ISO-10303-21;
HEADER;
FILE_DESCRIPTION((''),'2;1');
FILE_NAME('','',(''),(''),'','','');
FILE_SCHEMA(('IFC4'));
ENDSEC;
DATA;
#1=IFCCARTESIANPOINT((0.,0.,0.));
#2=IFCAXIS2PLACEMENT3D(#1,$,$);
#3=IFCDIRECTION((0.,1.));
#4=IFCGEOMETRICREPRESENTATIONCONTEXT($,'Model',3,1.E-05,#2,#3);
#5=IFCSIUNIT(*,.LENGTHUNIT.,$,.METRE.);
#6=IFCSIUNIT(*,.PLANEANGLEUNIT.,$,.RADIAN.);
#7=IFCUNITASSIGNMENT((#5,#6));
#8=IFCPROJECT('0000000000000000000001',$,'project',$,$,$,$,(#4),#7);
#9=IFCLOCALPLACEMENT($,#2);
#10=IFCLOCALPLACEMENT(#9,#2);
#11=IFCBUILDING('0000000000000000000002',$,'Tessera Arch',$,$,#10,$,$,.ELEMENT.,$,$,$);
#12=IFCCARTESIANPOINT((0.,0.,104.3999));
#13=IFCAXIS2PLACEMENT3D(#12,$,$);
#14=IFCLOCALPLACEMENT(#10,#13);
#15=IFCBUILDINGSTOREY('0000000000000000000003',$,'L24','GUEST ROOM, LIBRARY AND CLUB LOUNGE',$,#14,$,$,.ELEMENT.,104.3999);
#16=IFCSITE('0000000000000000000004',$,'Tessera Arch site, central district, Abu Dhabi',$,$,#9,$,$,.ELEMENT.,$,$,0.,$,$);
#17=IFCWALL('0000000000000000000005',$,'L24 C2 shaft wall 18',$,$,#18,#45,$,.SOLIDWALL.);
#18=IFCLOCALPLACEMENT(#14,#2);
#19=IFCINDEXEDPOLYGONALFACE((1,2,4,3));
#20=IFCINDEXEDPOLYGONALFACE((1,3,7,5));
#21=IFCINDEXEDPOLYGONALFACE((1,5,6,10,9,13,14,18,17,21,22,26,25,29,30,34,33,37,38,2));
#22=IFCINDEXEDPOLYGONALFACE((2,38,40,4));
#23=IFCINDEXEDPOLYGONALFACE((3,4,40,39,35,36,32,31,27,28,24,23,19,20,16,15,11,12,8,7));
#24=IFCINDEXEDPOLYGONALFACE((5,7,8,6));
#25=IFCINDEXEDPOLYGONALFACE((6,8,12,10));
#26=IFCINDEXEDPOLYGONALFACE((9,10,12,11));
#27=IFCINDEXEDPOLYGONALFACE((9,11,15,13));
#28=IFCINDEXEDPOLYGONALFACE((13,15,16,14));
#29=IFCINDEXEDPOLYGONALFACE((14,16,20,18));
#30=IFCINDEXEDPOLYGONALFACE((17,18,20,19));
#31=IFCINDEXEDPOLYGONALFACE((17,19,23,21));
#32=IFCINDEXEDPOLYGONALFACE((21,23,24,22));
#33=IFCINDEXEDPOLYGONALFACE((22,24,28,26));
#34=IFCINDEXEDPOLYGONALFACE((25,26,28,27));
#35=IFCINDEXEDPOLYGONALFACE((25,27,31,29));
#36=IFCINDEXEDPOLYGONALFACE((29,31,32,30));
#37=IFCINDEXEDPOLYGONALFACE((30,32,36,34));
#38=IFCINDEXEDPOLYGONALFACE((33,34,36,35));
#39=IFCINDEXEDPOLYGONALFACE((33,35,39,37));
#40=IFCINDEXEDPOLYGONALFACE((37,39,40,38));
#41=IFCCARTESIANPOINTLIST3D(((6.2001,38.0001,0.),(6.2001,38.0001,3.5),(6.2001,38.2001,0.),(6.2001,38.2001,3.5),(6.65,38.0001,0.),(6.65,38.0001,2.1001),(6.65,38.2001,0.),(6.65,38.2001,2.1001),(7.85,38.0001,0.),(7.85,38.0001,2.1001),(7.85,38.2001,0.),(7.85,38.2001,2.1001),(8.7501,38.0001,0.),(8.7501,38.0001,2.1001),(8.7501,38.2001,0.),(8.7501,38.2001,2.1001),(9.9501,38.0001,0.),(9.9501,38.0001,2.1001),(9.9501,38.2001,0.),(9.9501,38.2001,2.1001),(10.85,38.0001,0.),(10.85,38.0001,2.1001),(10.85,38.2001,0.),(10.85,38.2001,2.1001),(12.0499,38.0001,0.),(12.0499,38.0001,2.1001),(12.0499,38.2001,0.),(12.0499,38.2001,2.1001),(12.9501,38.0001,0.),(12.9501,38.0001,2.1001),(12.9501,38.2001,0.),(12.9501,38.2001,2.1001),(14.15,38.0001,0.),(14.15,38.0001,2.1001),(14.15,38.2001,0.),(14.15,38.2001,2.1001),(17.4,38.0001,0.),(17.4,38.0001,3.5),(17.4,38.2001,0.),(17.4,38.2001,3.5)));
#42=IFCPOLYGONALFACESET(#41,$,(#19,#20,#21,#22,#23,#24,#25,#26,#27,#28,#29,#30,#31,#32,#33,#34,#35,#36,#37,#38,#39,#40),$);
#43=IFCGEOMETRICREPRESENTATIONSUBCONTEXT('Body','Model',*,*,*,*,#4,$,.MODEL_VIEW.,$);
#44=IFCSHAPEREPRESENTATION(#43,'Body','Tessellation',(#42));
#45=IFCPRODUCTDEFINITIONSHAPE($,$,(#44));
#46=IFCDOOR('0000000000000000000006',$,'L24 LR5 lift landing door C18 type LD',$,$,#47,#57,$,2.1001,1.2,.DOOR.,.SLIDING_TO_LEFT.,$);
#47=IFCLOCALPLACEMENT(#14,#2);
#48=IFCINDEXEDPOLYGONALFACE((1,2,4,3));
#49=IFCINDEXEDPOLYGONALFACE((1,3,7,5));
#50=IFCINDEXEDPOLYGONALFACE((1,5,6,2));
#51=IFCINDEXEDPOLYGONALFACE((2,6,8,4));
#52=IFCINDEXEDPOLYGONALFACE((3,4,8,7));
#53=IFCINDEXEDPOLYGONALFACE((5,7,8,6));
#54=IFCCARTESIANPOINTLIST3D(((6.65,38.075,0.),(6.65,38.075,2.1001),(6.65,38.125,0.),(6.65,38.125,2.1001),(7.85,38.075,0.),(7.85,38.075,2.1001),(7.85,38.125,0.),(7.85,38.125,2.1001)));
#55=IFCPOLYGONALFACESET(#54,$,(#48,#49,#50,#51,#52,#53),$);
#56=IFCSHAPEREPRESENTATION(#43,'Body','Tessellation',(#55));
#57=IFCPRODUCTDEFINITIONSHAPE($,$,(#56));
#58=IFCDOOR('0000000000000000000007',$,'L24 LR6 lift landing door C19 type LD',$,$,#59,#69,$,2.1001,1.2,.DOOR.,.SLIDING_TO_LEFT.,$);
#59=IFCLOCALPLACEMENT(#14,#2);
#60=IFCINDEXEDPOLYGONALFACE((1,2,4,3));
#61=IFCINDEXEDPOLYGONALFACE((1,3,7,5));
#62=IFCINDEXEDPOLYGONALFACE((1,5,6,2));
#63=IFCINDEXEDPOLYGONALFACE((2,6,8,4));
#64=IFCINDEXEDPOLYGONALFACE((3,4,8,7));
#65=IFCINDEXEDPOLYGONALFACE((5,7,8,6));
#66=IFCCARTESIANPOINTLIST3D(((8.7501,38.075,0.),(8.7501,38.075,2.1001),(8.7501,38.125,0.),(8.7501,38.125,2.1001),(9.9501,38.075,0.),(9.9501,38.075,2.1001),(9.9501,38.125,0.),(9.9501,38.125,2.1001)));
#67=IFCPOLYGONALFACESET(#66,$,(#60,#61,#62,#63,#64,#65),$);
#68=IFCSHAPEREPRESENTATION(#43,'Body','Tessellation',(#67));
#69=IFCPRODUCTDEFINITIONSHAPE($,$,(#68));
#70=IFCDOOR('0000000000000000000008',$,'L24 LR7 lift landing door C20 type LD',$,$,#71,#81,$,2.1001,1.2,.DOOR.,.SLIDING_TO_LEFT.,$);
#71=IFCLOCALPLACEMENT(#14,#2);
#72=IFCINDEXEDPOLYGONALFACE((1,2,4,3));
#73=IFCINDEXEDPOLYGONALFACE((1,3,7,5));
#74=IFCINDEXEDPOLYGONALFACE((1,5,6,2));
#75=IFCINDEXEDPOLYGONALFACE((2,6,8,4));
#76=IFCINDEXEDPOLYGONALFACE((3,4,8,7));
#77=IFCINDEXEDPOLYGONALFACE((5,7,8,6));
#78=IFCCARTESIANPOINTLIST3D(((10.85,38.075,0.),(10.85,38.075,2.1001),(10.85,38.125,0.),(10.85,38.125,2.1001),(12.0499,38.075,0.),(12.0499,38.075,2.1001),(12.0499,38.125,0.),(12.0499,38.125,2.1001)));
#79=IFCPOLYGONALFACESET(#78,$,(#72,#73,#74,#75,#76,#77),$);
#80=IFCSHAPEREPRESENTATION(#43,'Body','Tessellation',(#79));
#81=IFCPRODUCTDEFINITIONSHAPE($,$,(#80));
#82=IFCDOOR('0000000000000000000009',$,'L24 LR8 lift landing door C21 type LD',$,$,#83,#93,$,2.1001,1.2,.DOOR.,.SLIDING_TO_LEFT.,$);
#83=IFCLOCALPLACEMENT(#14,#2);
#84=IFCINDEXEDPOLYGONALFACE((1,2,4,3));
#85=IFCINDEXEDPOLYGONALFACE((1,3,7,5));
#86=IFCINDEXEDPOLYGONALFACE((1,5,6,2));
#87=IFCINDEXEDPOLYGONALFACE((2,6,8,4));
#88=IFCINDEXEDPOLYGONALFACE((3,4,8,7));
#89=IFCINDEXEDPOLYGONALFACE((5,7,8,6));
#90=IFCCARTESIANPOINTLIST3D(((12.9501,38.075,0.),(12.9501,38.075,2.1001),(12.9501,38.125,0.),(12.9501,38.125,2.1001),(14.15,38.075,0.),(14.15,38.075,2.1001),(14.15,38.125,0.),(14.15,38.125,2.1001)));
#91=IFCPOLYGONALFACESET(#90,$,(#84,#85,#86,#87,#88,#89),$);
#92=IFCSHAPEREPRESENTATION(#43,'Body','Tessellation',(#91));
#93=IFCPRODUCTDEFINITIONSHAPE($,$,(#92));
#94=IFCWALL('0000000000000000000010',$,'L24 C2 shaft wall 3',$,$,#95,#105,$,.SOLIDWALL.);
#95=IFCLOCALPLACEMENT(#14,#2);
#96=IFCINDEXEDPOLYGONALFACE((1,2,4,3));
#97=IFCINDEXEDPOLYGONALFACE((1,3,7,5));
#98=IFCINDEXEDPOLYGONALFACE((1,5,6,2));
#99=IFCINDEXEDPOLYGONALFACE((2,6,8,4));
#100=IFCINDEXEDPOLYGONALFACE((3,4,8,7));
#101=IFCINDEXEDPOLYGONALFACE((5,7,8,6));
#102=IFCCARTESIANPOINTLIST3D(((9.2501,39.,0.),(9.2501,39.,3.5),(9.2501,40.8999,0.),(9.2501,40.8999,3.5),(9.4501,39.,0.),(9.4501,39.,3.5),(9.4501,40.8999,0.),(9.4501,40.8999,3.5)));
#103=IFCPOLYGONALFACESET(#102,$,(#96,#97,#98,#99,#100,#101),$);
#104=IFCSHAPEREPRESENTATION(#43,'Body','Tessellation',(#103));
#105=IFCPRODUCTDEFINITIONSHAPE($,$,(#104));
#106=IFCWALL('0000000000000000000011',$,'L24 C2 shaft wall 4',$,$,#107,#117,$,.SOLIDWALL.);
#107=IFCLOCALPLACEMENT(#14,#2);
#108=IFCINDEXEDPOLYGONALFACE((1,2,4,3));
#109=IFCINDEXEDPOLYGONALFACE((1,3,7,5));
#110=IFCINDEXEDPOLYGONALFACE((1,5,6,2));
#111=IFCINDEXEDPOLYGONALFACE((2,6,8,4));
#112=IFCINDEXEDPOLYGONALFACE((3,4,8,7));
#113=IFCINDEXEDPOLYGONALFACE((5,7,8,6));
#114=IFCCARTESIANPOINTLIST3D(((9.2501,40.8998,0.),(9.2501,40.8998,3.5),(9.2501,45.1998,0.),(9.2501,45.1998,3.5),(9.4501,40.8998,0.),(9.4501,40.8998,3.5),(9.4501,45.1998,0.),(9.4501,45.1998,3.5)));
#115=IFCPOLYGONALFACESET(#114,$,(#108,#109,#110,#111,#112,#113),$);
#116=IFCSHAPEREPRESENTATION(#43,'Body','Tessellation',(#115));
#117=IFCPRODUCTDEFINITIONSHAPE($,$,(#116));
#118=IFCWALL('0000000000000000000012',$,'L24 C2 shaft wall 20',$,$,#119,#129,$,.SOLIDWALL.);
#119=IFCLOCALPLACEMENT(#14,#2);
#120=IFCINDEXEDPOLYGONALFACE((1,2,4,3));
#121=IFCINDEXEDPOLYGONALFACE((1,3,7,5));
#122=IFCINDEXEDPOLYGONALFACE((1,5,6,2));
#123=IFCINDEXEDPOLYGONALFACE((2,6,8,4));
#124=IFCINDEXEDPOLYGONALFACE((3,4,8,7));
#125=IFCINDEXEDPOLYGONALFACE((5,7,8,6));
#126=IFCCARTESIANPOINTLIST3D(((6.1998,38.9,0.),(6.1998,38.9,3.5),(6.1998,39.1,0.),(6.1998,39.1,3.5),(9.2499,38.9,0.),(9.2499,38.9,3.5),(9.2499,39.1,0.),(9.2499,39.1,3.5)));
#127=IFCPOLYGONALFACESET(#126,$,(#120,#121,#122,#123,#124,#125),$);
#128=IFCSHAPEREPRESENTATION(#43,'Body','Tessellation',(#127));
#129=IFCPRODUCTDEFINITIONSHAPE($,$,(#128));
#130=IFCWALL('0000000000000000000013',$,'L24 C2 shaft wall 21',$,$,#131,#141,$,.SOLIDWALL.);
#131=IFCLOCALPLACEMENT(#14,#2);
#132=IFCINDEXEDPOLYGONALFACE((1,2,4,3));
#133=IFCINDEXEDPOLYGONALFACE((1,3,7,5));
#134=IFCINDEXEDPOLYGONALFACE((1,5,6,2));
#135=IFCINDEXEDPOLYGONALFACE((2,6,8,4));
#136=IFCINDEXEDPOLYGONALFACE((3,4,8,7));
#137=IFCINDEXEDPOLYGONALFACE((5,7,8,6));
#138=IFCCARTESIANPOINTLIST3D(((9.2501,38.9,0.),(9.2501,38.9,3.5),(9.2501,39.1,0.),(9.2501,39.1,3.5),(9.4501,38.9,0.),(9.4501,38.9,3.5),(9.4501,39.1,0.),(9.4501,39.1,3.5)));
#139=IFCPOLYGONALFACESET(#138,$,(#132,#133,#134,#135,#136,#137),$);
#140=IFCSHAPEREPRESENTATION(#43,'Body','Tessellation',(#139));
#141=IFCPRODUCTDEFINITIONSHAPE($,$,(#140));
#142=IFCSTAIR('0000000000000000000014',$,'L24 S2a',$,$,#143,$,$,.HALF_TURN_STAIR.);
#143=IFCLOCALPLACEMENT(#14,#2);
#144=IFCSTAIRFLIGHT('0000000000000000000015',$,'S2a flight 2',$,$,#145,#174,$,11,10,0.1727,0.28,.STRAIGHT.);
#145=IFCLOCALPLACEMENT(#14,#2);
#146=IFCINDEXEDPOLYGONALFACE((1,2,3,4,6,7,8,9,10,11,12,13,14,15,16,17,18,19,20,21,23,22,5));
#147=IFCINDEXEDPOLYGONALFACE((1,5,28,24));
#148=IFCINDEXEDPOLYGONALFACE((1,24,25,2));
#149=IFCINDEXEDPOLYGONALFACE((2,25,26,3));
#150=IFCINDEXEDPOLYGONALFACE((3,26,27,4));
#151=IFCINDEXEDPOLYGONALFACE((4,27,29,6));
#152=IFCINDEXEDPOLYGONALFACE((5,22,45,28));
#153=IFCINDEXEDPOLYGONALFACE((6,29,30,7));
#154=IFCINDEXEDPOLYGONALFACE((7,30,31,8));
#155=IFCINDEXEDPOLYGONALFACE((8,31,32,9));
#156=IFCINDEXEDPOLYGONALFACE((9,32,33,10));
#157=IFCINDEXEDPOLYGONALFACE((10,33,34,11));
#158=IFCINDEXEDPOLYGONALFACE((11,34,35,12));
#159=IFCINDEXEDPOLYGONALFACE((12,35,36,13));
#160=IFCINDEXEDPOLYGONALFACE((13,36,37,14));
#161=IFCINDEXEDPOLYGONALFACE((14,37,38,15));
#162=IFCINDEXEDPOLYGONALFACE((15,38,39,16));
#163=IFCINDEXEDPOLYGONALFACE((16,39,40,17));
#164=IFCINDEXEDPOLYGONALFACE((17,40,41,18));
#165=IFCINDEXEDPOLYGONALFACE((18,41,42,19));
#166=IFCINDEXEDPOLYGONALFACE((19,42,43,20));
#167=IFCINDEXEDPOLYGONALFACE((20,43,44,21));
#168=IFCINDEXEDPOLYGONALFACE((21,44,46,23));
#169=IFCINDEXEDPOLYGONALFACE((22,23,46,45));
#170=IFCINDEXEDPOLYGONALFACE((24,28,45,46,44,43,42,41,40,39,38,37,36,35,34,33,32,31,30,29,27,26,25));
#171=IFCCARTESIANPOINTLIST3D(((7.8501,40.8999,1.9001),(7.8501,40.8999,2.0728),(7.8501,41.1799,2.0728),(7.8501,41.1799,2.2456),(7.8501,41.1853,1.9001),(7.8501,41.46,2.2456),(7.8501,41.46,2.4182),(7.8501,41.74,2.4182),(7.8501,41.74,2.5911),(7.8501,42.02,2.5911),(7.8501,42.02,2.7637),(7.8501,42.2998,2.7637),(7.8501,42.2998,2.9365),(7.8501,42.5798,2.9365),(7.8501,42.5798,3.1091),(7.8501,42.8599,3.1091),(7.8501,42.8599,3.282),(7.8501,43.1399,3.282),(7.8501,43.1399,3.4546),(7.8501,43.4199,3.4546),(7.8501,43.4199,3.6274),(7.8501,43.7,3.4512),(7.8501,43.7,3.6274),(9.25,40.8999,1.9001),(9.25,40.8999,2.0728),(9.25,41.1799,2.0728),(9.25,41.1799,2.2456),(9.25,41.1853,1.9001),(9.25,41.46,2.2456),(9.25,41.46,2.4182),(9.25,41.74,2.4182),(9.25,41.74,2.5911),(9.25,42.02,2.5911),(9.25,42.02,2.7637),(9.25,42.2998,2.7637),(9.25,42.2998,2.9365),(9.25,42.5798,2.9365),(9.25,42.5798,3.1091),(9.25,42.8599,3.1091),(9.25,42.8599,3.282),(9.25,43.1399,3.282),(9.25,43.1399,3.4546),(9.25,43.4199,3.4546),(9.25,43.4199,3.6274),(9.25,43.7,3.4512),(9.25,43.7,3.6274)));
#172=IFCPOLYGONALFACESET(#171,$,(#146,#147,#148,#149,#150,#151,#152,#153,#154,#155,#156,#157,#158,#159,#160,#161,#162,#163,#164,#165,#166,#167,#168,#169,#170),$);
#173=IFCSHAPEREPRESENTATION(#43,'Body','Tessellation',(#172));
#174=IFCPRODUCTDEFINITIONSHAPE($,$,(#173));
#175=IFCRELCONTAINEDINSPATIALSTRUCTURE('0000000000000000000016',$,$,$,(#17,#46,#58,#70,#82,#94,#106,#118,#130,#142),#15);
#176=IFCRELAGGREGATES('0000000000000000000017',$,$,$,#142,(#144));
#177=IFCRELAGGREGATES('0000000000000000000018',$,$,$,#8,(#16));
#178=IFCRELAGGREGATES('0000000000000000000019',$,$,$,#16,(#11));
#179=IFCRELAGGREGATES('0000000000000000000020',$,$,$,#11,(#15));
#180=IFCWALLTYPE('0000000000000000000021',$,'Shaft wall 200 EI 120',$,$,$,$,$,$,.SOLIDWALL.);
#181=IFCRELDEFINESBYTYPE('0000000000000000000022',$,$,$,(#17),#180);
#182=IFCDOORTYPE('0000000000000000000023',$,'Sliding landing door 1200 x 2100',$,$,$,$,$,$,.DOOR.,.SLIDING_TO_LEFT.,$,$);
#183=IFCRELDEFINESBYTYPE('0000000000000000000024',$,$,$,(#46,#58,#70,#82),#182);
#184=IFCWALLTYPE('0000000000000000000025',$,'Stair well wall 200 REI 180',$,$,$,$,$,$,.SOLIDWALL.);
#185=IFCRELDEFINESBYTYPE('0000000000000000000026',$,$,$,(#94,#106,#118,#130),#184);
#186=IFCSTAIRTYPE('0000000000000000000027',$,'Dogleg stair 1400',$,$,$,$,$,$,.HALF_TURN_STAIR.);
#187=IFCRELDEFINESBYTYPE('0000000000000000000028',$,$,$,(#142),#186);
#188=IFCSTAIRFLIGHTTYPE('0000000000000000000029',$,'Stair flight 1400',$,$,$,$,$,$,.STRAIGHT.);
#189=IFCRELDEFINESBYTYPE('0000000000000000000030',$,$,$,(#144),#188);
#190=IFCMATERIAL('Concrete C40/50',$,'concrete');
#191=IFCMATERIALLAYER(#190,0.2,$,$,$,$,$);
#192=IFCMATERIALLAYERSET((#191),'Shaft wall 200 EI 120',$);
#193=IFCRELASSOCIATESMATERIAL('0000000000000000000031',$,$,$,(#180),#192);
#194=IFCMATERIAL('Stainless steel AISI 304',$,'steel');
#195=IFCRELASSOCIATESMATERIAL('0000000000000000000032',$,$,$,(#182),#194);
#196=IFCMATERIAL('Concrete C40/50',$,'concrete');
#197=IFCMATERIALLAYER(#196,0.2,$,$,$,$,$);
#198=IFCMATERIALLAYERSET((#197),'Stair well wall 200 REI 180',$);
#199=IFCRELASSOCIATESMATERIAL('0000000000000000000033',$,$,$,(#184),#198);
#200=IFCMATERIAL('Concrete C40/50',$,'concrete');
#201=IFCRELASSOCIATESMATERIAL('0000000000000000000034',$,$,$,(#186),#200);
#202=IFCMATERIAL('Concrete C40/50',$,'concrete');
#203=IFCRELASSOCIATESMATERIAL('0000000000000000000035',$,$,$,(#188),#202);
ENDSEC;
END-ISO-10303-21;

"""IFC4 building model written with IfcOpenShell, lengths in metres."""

from ifc_helpers import new_model, si_unit, direction, frame, frame_2d, origin, place, context, subcontext, project, spatial, polyline, rectangle, outline, extrude, material, layer, layer_set, type_object, element, fill, aggregate, save


model = new_model("IFC4")

# Units and contexts
model_context = context("Model", 3, precision=1e-05, world=origin(), true_north=direction((0.0, 1.0)))
body_context = subcontext(model_context, "Body", "Model", "MODEL_VIEW")
ifc_project = project(units=[si_unit("LENGTHUNIT", "METRE"), si_unit("PLANEANGLEUNIT", "RADIAN")], contexts=[model_context])

# Site, building, storey
site_placement = place(None, origin())
site = spatial("IfcSite", under=ifc_project, at=site_placement, Name="Tessera Arch site, central district, Abu Dhabi", CompositionType="ELEMENT", RefElevation=0.0)
building_placement = place(site_placement, origin())
building = spatial("IfcBuilding", under=site, at=building_placement, Name="Tessera Arch", CompositionType="ELEMENT")
storey_placement = place(building_placement, frame((0.0, 0.0, 104.3999)))
storey = spatial("IfcBuildingStorey", under=building, at=storey_placement, Name="L24", Description="GUEST ROOM, LIBRARY AND CLUB LOUNGE", CompositionType="ELEMENT", Elevation=104.3999)

# Shared definitions
ifc_material_1 = material(Name="Concrete C40/50", Category="concrete")
ifc_layer_1 = layer(ifc_material_1, 0.2)
ifc_layer_set_1 = layer_set([ifc_layer_1], Name="Shaft wall 200 EI 120")
wall_type_1 = type_object("IfcWallType", Name="Shaft wall 200 EI 120", PredefinedType="SOLIDWALL", material=ifc_layer_set_1)

# Wall, openings, doors
wall_1_placement = place(storey_placement, frame((6.2, 38.1001, 0.0), z_axis=(0.0, 0.0, 1.0), x_axis=(1.0, 0.0, 0.0)))
wall_1 = element("IfcWall", 1, at=wall_1_placement, inside=storey, type_object=wall_type_1, Name="L24 C2 shaft wall 18", PredefinedType="SOLIDWALL", context=body_context, shape_type="SweptSolid", body=[
    extrude(rectangle(XDim=11.2, YDim=0.2, at=frame_2d((5.6001, 0.0))), origin(), (0.0, 0.0, 1.0), 3.5),
])
opening_1_placement = place(wall_1_placement, frame((0.45, 0.0, 0.0)))
opening_1 = element("IfcOpeningElement", 2, at=opening_1_placement, cuts=wall_1, PredefinedType="OPENING", context=body_context, shape_type="SweptSolid", body=[
    extrude(rectangle(XDim=1.2, YDim=2.1001, at=frame_2d((0.6001, 1.05))), frame((0.0, 0.1099, 0.0), z_axis=(0.0, -1.0, 0.0), x_axis=(1.0, 0.0, 0.0)), (0.0, 0.0, 1.0), 0.22),
])
opening_2_placement = place(wall_1_placement, frame((2.55, 0.0, 0.0)))
opening_2 = element("IfcOpeningElement", 3, at=opening_2_placement, cuts=wall_1, PredefinedType="OPENING", context=body_context, shape_type="SweptSolid", body=[
    extrude(rectangle(XDim=1.2, YDim=2.1001, at=frame_2d((0.6001, 1.05))), frame((0.0, 0.1099, 0.0), z_axis=(0.0, -1.0, 0.0), x_axis=(1.0, 0.0, 0.0)), (0.0, 0.0, 1.0), 0.22),
])
opening_3_placement = place(wall_1_placement, frame((4.6499, 0.0, 0.0)))
opening_3 = element("IfcOpeningElement", 4, at=opening_3_placement, cuts=wall_1, PredefinedType="OPENING", context=body_context, shape_type="SweptSolid", body=[
    extrude(rectangle(XDim=1.2, YDim=2.1001, at=frame_2d((0.6001, 1.05))), frame((0.0, 0.1099, 0.0), z_axis=(0.0, -1.0, 0.0), x_axis=(1.0, 0.0, 0.0)), (0.0, 0.0, 1.0), 0.22),
])
opening_4_placement = place(wall_1_placement, frame((6.75, 0.0, 0.0)))
opening_4 = element("IfcOpeningElement", 5, at=opening_4_placement, cuts=wall_1, PredefinedType="OPENING", context=body_context, shape_type="SweptSolid", body=[
    extrude(rectangle(XDim=1.2, YDim=2.1001, at=frame_2d((0.6001, 1.05))), frame((0.0, 0.1099, 0.0), z_axis=(0.0, -1.0, 0.0), x_axis=(1.0, 0.0, 0.0)), (0.0, 0.0, 1.0), 0.22),
])
ifc_material_2 = material(Name="Stainless steel AISI 304", Category="steel")
door_type = type_object("IfcDoorType", Name="Sliding landing door 1200 x 2100", OperationType="SLIDING_TO_LEFT", PredefinedType="DOOR", material=ifc_material_2)
door_1_placement = place(opening_1_placement, origin())
door_1 = element("IfcDoor", 6, at=door_1_placement, inside=storey, type_object=door_type, Name="L24 LR5 lift landing door C18 type LD", OperationType="SLIDING_TO_LEFT", OverallHeight=2.1001, OverallWidth=1.2, PredefinedType="DOOR", context=body_context, shape_type="SweptSolid", body=[
    extrude(rectangle(XDim=1.2, YDim=2.1001, at=frame_2d((0.6001, 1.05))), frame((0.0, 0.0249, 0.0), z_axis=(0.0, -1.0, 0.0), x_axis=(1.0, 0.0, 0.0)), (0.0, 0.0, 1.0), 0.05),
])
fill(opening_1, door_1)
door_2_placement = place(opening_2_placement, origin())
door_2 = element("IfcDoor", 7, at=door_2_placement, inside=storey, type_object=door_type, Name="L24 LR6 lift landing door C19 type LD", OperationType="SLIDING_TO_LEFT", OverallHeight=2.1001, OverallWidth=1.2, PredefinedType="DOOR", context=body_context, shape_type="SweptSolid", body=[
    extrude(rectangle(XDim=1.2, YDim=2.1001, at=frame_2d((0.6001, 1.05))), frame((0.0, 0.0249, 0.0), z_axis=(0.0, -1.0, 0.0), x_axis=(1.0, 0.0, 0.0)), (0.0, 0.0, 1.0), 0.05),
])
fill(opening_2, door_2)
door_3_placement = place(opening_3_placement, origin())
door_3 = element("IfcDoor", 8, at=door_3_placement, inside=storey, type_object=door_type, Name="L24 LR7 lift landing door C20 type LD", OperationType="SLIDING_TO_LEFT", OverallHeight=2.1001, OverallWidth=1.2, PredefinedType="DOOR", context=body_context, shape_type="SweptSolid", body=[
    extrude(rectangle(XDim=1.2, YDim=2.1001, at=frame_2d((0.6001, 1.05))), frame((0.0, 0.0249, 0.0), z_axis=(0.0, -1.0, 0.0), x_axis=(1.0, 0.0, 0.0)), (0.0, 0.0, 1.0), 0.05),
])
fill(opening_3, door_3)
door_4_placement = place(opening_4_placement, origin())
door_4 = element("IfcDoor", 9, at=door_4_placement, inside=storey, type_object=door_type, Name="L24 LR8 lift landing door C21 type LD", OperationType="SLIDING_TO_LEFT", OverallHeight=2.1001, OverallWidth=1.2, PredefinedType="DOOR", context=body_context, shape_type="SweptSolid", body=[
    extrude(rectangle(XDim=1.2, YDim=2.1001, at=frame_2d((0.6001, 1.05))), frame((0.0, 0.0249, 0.0), z_axis=(0.0, -1.0, 0.0), x_axis=(1.0, 0.0, 0.0)), (0.0, 0.0, 1.0), 0.05),
])
fill(opening_4, door_4)

# Walls
ifc_material_3 = material(Name="Concrete C40/50", Category="concrete")
ifc_layer_2 = layer(ifc_material_3, 0.2)
ifc_layer_set_2 = layer_set([ifc_layer_2], Name="Stair well wall 200 REI 180")
wall_type_2 = type_object("IfcWallType", Name="Stair well wall 200 REI 180", PredefinedType="SOLIDWALL", material=ifc_layer_set_2)
wall_2_placement = place(storey_placement, frame((9.3501, 39.0, 0.0), z_axis=(0.0, 0.0, 1.0), x_axis=(0.0, 1.0, 0.0)))
element("IfcWall", 10, at=wall_2_placement, inside=storey, type_object=wall_type_2, Name="L24 C2 shaft wall 3", PredefinedType="SOLIDWALL", context=body_context, shape_type="SweptSolid", body=[
    extrude(rectangle(XDim=1.8999, YDim=0.2, at=frame_2d((0.95, 0.0))), origin(), (0.0, 0.0, 1.0), 3.5),
])
wall_3_placement = place(storey_placement, frame((9.3501, 40.8999, 0.0), z_axis=(0.0, 0.0, 1.0), x_axis=(0.0, 1.0, 0.0)))
element("IfcWall", 11, at=wall_3_placement, inside=storey, type_object=wall_type_2, Name="L24 C2 shaft wall 4", PredefinedType="SOLIDWALL", context=body_context, shape_type="SweptSolid", body=[
    extrude(rectangle(XDim=4.3, YDim=0.2, at=frame_2d((2.1499, 0.0))), origin(), (0.0, 0.0, 1.0), 3.5),
])
wall_4_placement = place(storey_placement, frame((6.2, 39.0, 0.0), z_axis=(0.0, 0.0, 1.0), x_axis=(1.0, 0.0, 0.0)))
element("IfcWall", 12, at=wall_4_placement, inside=storey, type_object=wall_type_2, Name="L24 C2 shaft wall 20", PredefinedType="SOLIDWALL", context=body_context, shape_type="SweptSolid", body=[
    extrude(rectangle(XDim=3.05, YDim=0.2, at=frame_2d((1.5249, 0.0))), origin(), (0.0, 0.0, 1.0), 3.5),
])
wall_5_placement = place(storey_placement, frame((9.25, 39.0, 0.0), z_axis=(0.0, 0.0, 1.0), x_axis=(1.0, 0.0, 0.0)))
element("IfcWall", 13, at=wall_5_placement, inside=storey, type_object=wall_type_2, Name="L24 C2 shaft wall 21", PredefinedType="SOLIDWALL", context=body_context, shape_type="SweptSolid", body=[
    extrude(rectangle(XDim=0.2, YDim=0.2, at=frame_2d((0.1001, 0.0))), origin(), (0.0, 0.0, 1.0), 3.5),
])

# Stair, stair flight
ifc_material_4 = material(Name="Concrete C40/50", Category="concrete")
stair_type = type_object("IfcStairType", Name="Dogleg stair 1400", PredefinedType="HALF_TURN_STAIR", material=ifc_material_4)
stair_placement = place(storey_placement, origin())
stair = element("IfcStair", 14, at=stair_placement, inside=storey, type_object=stair_type, Name="L24 S2a", PredefinedType="HALF_TURN_STAIR")
ifc_material_5 = material(Name="Concrete C40/50", Category="concrete")
stair_flight_type = type_object("IfcStairFlightType", Name="Stair flight 1400", PredefinedType="STRAIGHT", material=ifc_material_5)
stair_flight_placement = place(storey_placement, frame((8.55, 40.8999, 1.9001), z_axis=(0.0, 0.0, 1.0), x_axis=(0.0, 1.0, 0.0)))
stair_flight = element("IfcStairFlight", 15, at=stair_flight_placement, type_object=stair_flight_type, Name="S2a flight 2", NumberOfRisers=11, NumberOfTreads=10, PredefinedType="STRAIGHT", RiserHeight=0.1727, TreadLength=0.28, context=body_context, shape_type="SweptSolid", body=[
    extrude(outline(polyline([(0.0, 0.0), (0.0, 0.1726), (0.28, 0.1726), (0.28, 0.3455), (0.5601, 0.3455), (0.5601, 0.5181), (0.8401, 0.5181), (0.8401, 0.6909), (1.1201, 0.6909), (1.1201, 0.8635), (1.3999, 0.8635), (1.3999, 1.0364), (1.6799, 1.0364), (1.6799, 1.209), (1.96, 1.209), (1.96, 1.3818), (2.24, 1.3818), (2.24, 1.5544), (2.52, 1.5544), (2.52, 1.7273), (2.8, 1.7273), (2.8, 1.8999), (2.8, 1.551), (0.2854, 0.0), (0.0, 0.0)])), frame((0.0, 0.7, 0.0), z_axis=(0.0, -1.0, 0.0), x_axis=(1.0, 0.0, 0.0)), (0.0, 0.0, 1.0), 1.3999),
])
aggregate(stair, [stair_flight])

save(model, "model.ifc")
